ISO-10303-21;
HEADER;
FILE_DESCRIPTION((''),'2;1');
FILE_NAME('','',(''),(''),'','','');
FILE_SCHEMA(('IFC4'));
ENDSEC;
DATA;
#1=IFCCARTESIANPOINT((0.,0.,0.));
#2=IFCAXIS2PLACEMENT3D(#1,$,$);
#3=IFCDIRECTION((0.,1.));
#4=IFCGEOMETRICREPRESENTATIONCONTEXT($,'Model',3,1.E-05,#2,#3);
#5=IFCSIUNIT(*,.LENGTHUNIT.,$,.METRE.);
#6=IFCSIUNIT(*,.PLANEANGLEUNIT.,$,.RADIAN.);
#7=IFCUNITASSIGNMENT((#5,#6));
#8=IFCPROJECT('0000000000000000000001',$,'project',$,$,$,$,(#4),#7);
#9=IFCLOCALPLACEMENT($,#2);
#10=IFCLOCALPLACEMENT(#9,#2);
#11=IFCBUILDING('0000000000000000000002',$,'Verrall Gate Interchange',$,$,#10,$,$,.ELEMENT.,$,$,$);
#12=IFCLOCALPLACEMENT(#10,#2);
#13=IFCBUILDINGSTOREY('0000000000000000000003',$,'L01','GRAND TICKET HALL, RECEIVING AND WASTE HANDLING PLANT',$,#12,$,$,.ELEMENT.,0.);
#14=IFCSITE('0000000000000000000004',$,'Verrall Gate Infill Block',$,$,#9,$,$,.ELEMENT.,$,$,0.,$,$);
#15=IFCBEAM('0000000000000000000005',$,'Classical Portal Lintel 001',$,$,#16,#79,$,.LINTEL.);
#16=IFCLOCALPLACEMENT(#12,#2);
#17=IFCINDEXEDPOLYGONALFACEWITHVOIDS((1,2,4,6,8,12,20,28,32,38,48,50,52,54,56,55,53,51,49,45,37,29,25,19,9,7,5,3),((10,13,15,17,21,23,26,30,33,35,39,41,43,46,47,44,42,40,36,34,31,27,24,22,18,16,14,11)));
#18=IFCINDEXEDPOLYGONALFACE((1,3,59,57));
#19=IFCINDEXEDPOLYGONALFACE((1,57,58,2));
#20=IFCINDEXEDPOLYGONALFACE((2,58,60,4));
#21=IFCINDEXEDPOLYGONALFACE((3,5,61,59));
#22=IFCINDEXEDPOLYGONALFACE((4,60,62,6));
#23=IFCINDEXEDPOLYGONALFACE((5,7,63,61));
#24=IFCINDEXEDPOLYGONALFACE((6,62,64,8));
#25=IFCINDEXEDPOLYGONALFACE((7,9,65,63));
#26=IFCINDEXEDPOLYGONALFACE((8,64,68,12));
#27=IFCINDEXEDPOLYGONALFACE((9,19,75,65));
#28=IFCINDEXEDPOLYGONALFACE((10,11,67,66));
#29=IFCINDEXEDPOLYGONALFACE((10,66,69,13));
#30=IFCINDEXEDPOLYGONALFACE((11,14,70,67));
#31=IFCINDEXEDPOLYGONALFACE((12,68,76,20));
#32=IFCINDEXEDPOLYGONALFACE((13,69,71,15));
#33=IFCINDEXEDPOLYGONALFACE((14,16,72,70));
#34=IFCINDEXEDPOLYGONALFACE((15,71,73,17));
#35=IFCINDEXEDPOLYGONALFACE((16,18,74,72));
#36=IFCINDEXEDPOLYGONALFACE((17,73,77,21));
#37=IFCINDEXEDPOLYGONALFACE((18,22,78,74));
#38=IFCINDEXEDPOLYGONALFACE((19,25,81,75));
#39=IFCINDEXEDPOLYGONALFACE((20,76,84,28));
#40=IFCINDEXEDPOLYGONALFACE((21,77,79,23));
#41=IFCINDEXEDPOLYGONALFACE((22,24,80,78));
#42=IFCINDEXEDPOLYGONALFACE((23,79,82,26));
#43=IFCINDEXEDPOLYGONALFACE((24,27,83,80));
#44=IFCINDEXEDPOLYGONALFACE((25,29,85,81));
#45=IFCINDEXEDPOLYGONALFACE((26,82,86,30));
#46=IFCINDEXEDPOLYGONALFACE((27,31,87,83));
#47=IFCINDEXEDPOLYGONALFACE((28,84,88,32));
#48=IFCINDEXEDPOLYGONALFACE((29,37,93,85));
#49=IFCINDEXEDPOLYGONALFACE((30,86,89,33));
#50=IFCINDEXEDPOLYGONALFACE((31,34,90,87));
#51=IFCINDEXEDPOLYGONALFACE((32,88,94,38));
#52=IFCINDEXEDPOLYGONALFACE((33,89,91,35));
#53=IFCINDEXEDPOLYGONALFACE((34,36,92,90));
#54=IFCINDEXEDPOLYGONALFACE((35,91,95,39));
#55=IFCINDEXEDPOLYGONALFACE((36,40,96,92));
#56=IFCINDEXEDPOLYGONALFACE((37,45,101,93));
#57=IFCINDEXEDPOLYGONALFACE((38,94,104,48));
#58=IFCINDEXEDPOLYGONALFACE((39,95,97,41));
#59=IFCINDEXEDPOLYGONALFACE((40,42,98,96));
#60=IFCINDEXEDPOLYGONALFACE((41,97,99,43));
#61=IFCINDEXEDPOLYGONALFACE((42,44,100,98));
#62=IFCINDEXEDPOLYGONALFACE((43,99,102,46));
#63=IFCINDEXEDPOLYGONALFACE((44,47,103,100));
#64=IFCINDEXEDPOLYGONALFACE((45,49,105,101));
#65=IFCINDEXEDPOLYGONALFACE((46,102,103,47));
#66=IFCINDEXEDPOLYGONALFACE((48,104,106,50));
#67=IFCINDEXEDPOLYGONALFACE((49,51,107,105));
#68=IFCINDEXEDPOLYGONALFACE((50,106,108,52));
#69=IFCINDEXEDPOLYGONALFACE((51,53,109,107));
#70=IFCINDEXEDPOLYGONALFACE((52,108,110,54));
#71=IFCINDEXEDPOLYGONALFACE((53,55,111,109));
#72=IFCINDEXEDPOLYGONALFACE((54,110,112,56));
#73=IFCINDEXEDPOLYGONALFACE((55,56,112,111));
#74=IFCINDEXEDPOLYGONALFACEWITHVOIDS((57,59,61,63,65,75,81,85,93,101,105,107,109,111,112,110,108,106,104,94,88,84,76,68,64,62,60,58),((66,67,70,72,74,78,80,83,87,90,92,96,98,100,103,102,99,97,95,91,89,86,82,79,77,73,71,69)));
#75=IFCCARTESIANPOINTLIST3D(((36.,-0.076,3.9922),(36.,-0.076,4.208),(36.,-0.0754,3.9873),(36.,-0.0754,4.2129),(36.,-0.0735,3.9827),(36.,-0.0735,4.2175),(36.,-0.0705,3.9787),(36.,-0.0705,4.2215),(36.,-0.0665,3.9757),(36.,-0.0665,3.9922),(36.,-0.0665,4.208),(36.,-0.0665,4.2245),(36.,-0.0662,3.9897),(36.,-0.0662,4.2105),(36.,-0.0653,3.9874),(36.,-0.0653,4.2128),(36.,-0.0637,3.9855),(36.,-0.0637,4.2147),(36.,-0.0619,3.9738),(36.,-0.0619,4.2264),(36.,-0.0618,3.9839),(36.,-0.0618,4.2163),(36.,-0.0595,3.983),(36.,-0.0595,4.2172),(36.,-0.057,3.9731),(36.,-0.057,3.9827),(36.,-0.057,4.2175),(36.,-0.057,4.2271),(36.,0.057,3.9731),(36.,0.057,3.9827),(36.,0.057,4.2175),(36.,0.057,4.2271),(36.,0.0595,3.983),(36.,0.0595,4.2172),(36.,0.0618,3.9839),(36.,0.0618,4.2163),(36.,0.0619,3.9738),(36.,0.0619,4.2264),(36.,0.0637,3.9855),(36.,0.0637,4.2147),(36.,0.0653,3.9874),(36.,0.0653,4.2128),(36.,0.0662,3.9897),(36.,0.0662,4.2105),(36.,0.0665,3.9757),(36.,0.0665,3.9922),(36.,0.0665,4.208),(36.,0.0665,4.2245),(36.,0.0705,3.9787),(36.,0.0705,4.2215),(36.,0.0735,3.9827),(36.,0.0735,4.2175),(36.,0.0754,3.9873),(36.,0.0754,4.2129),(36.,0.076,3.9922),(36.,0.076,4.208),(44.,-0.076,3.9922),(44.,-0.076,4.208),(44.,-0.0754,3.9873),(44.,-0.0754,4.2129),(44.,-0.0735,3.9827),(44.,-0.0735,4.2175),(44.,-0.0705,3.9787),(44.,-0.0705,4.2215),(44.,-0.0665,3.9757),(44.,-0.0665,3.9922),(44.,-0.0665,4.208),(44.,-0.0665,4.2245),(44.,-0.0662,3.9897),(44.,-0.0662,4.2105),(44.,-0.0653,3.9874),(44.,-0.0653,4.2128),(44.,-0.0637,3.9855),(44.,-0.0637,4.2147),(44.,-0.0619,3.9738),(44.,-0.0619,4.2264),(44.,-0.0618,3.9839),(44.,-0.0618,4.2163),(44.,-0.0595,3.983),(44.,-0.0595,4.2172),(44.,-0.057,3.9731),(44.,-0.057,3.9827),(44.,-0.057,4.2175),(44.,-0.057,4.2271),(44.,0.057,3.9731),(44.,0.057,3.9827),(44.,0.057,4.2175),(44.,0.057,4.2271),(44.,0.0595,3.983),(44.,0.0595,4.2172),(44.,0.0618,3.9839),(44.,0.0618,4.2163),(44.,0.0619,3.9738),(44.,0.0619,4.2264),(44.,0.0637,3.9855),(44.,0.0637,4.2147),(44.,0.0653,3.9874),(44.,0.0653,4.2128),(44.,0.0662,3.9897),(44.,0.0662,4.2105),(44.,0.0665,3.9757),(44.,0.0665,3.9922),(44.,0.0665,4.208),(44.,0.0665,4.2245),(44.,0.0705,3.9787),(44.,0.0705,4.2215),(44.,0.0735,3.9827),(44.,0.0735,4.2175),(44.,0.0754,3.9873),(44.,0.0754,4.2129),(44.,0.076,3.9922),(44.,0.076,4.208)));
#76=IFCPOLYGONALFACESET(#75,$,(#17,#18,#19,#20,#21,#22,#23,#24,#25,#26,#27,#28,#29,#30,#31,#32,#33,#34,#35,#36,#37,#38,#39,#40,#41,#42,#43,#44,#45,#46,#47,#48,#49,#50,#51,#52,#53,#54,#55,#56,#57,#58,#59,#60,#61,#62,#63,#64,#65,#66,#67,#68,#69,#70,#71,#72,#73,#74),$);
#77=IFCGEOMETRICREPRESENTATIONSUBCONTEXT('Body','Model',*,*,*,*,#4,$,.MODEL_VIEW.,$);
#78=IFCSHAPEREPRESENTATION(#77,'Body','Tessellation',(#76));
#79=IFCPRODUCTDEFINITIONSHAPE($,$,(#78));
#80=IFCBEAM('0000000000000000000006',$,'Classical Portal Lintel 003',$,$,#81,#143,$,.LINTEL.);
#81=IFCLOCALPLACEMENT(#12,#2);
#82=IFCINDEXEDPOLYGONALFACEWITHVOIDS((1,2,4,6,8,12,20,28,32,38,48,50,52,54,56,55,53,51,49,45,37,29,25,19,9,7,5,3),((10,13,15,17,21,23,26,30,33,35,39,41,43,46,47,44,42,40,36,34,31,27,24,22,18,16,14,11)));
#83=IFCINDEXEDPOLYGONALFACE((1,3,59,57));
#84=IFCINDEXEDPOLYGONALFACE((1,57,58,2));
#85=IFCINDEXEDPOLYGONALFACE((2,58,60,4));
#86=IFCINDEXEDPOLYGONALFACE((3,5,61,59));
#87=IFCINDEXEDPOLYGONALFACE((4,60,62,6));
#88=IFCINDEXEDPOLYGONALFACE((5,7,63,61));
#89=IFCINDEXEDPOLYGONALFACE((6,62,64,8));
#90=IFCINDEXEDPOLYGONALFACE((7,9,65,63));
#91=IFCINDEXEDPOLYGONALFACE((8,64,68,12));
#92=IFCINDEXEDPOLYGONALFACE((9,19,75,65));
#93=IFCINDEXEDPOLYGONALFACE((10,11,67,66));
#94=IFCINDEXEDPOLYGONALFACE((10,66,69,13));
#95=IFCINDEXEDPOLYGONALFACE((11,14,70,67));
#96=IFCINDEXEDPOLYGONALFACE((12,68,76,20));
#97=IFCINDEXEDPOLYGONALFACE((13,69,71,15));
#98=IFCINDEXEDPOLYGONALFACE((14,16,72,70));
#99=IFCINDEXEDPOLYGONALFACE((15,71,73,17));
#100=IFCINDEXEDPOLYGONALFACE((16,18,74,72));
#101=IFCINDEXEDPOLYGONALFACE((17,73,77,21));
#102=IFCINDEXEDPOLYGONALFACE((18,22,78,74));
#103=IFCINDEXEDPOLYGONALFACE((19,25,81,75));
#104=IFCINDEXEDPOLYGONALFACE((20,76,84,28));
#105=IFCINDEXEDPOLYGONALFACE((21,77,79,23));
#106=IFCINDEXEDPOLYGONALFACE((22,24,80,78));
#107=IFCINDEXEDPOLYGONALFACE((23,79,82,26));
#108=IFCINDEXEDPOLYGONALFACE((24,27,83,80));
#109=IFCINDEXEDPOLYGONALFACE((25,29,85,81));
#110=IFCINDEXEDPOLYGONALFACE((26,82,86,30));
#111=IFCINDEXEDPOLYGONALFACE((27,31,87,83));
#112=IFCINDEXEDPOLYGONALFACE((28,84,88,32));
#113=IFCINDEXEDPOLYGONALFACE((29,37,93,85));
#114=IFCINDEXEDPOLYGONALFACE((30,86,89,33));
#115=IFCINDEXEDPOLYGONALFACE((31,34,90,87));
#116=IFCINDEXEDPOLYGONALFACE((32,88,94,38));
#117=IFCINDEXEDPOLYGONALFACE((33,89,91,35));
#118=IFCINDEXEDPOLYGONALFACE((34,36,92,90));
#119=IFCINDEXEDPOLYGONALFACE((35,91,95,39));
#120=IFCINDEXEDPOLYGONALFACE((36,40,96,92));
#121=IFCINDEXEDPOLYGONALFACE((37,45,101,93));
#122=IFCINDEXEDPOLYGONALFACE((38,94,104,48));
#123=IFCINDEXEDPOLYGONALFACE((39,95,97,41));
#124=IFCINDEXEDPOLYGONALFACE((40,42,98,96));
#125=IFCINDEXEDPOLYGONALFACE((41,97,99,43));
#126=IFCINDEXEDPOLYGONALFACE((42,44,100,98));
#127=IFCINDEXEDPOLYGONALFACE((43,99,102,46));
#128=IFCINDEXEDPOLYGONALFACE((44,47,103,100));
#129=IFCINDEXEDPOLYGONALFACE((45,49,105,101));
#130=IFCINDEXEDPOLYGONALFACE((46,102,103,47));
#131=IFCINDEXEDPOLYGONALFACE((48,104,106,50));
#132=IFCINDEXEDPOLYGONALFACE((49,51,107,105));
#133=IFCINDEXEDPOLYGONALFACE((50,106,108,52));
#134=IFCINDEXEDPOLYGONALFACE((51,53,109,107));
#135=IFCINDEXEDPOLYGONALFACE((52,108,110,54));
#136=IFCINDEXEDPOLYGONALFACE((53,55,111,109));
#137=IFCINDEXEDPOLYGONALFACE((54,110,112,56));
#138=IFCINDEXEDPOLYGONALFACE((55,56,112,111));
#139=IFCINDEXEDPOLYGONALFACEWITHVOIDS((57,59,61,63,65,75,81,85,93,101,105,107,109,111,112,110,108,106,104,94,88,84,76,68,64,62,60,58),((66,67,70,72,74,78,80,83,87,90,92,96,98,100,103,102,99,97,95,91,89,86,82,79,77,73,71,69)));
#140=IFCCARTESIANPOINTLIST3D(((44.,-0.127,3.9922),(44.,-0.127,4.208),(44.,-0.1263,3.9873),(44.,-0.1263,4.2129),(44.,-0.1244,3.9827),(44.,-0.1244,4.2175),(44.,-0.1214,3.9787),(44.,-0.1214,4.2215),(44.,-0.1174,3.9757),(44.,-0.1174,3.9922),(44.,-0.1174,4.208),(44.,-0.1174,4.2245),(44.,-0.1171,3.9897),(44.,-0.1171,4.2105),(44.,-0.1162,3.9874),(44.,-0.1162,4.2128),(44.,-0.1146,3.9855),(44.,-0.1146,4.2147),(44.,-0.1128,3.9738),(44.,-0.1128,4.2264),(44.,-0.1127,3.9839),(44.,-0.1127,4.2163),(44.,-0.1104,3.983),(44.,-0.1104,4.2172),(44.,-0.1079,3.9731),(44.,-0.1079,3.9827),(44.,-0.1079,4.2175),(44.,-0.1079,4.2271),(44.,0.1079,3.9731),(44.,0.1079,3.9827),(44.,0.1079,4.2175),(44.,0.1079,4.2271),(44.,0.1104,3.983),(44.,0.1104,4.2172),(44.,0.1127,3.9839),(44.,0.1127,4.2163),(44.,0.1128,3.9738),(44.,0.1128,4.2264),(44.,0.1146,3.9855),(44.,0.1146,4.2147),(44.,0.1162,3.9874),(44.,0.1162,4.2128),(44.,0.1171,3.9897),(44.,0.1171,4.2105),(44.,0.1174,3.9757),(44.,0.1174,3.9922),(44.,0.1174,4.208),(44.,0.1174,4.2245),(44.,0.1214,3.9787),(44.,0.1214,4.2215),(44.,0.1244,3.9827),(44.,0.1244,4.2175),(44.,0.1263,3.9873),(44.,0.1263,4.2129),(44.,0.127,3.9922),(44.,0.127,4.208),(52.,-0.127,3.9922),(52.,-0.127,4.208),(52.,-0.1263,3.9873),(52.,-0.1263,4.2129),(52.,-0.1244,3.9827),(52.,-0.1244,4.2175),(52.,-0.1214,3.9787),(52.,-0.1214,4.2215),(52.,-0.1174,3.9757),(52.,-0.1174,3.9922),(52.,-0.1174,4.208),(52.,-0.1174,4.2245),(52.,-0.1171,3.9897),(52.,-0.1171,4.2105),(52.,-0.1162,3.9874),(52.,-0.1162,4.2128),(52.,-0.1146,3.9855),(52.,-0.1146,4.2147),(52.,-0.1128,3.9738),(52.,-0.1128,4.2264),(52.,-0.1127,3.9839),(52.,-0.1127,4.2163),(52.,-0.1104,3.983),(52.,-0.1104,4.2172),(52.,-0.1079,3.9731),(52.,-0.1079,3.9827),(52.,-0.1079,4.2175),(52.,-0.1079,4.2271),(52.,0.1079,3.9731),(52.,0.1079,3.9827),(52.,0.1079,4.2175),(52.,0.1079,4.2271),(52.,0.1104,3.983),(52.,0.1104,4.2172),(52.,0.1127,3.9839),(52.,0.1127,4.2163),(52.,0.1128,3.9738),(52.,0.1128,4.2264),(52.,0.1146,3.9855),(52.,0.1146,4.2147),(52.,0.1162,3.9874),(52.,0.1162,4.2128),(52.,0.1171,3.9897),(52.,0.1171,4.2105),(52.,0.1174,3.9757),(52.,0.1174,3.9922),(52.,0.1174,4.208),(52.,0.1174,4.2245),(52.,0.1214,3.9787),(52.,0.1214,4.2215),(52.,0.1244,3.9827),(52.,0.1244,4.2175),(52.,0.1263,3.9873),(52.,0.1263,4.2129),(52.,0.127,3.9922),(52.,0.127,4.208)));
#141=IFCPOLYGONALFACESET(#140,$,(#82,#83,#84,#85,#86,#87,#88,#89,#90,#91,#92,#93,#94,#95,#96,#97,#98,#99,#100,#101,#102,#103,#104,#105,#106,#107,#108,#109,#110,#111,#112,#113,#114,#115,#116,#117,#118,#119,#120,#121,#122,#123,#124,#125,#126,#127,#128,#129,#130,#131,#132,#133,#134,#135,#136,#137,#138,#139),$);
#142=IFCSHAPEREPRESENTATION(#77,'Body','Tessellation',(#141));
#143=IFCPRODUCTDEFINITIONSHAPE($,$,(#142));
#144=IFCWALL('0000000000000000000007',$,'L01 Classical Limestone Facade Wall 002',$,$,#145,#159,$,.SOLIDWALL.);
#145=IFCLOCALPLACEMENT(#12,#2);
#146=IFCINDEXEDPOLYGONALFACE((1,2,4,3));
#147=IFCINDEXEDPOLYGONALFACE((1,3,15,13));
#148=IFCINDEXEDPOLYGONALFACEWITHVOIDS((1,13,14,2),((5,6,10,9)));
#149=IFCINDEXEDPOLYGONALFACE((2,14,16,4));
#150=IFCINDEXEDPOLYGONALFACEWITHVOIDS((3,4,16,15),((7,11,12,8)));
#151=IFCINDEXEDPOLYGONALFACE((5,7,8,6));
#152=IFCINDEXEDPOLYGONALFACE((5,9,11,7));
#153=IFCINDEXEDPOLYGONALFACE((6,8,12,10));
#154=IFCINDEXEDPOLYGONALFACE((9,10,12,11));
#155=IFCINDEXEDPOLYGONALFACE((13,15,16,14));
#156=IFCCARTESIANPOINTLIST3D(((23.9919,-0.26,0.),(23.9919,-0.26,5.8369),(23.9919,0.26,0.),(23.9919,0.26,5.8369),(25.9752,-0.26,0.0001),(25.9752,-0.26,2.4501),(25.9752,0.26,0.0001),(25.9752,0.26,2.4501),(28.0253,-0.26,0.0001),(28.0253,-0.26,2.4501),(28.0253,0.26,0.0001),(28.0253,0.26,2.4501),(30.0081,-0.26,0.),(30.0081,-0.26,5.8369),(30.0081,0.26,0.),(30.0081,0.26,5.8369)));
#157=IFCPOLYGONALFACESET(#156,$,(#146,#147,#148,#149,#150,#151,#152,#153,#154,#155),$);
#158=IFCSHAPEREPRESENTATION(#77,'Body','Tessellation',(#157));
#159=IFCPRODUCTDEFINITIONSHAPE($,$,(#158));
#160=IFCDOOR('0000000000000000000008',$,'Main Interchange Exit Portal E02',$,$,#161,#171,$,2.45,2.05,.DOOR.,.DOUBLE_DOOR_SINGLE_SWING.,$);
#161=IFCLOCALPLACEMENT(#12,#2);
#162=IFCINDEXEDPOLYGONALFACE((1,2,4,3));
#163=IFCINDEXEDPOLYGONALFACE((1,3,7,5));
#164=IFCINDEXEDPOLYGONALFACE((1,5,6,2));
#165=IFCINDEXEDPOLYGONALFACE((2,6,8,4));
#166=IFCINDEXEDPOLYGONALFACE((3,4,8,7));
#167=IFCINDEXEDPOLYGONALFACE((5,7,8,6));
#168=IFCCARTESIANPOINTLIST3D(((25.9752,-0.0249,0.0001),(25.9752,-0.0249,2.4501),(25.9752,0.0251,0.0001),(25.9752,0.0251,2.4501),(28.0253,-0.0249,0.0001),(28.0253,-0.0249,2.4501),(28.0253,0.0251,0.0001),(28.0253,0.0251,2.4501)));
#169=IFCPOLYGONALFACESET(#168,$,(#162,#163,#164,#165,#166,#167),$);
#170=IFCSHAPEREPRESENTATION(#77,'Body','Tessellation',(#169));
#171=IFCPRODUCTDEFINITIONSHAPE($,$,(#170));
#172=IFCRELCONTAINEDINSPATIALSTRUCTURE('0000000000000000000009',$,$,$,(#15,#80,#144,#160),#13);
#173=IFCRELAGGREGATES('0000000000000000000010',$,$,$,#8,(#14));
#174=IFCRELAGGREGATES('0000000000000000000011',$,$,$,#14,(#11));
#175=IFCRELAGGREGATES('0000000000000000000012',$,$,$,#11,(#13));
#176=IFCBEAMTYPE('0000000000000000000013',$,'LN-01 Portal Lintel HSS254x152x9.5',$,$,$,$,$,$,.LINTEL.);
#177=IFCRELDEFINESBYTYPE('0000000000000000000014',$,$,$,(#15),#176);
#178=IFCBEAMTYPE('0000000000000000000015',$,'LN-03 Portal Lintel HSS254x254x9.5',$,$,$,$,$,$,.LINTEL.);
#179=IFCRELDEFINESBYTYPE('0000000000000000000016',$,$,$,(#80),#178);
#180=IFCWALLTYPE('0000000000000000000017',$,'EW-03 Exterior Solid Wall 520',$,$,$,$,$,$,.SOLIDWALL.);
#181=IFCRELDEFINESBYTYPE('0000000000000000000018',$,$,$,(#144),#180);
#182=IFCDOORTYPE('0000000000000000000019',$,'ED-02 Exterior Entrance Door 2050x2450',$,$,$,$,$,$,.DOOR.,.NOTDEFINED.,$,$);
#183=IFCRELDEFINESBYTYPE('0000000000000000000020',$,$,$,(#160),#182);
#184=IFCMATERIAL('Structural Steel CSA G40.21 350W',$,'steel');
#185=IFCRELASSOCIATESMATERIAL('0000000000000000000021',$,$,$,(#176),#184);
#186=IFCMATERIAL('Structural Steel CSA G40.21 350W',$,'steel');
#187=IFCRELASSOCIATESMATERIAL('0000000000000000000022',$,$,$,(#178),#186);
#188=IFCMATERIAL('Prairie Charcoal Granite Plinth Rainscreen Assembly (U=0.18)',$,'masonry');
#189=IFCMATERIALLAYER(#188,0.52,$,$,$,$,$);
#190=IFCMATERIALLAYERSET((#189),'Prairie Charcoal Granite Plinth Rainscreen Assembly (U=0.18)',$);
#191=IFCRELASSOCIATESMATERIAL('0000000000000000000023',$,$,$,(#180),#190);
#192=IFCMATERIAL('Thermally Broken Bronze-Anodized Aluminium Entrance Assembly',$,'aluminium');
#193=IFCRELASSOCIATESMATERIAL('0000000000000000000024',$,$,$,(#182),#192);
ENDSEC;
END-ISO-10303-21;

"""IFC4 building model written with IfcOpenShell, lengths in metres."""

from ifc_helpers import new_model, si_unit, direction, frame, frame_2d, origin, origin_2d, place, context, subcontext, project, spatial, rectangle, hollow_rectangle, extrude, material, layer, layer_set, material_profile, profile_set, type_object, element, fill, save


model = new_model("IFC4")

# Units and contexts
model_context = context("Model", 3, precision=1e-05, world=origin(), true_north=direction((0.0, 1.0)))
body_context = subcontext(model_context, "Body", "Model", "MODEL_VIEW")
ifc_project = project(units=[si_unit("LENGTHUNIT", "METRE"), si_unit("PLANEANGLEUNIT", "RADIAN")], contexts=[model_context])

# Site, building, storey
site_placement = place(None, origin())
site = spatial("IfcSite", under=ifc_project, at=site_placement, Name="Verrall Gate Infill Block", CompositionType="ELEMENT", RefElevation=0.0)
building_placement = place(site_placement, origin())
building = spatial("IfcBuilding", under=site, at=building_placement, Name="Verrall Gate Interchange", CompositionType="ELEMENT")
storey_placement = place(building_placement, origin())
storey = spatial("IfcBuildingStorey", under=building, at=storey_placement, Name="L01", Description="GRAND TICKET HALL, RECEIVING AND WASTE HANDLING PLANT", CompositionType="ELEMENT", Elevation=0.0)

# Beams
ifc_material_1 = material(Name="Structural Steel CSA G40.21 350W", Category="steel")
ifc_material_profile_1 = material_profile(ifc_material_1, hollow_rectangle(XDim=0.1521, YDim=0.2539, WallThickness=0.0095, InnerFilletRadius=0.0095, OuterFilletRadius=0.019, at=origin_2d()), Name="HSS254x152x9.5")
ifc_profile_set_1 = profile_set([ifc_material_profile_1], Name="Structural Steel CSA G40.21 350W")
beam_type_1 = type_object("IfcBeamType", Name="LN-01 Portal Lintel HSS254x152x9.5", PredefinedType="LINTEL", material=ifc_profile_set_1)
beam_1_placement = place(storey_placement, frame((36.0, 0.0, 4.1001), z_axis=(1.0, 0.0, 0.0), x_axis=(0.0, 1.0, 0.0)))
element("IfcBeam", 1, at=beam_1_placement, inside=storey, type_object=beam_type_1, Name="Classical Portal Lintel 001", PredefinedType="LINTEL", context=body_context, shape_type="SweptSolid", body=[
    extrude(hollow_rectangle(XDim=0.1521, YDim=0.2539, WallThickness=0.0095, InnerFilletRadius=0.0095, OuterFilletRadius=0.019, at=origin_2d()), origin(), (0.0, 0.0, 1.0), 8.0),
])
ifc_material_2 = material(Name="Structural Steel CSA G40.21 350W", Category="steel")
ifc_material_profile_2 = material_profile(ifc_material_2, hollow_rectangle(XDim=0.2539, YDim=0.2539, WallThickness=0.0095, InnerFilletRadius=0.0095, OuterFilletRadius=0.019, at=origin_2d()), Name="HSS254x254x9.5")
ifc_profile_set_2 = profile_set([ifc_material_profile_2], Name="Structural Steel CSA G40.21 350W")
beam_type_2 = type_object("IfcBeamType", Name="LN-03 Portal Lintel HSS254x254x9.5", PredefinedType="LINTEL", material=ifc_profile_set_2)
beam_2_placement = place(storey_placement, frame((44.0, 0.0, 4.1001), z_axis=(1.0, 0.0, 0.0), x_axis=(0.0, 1.0, 0.0)))
element("IfcBeam", 2, at=beam_2_placement, inside=storey, type_object=beam_type_2, Name="Classical Portal Lintel 003", PredefinedType="LINTEL", context=body_context, shape_type="SweptSolid", body=[
    extrude(hollow_rectangle(XDim=0.2539, YDim=0.2539, WallThickness=0.0095, InnerFilletRadius=0.0095, OuterFilletRadius=0.019, at=origin_2d()), origin(), (0.0, 0.0, 1.0), 8.0),
])

# Wall, opening, door
ifc_material_3 = material(Name="Prairie Charcoal Granite Plinth Rainscreen Assembly (U=0.18)", Category="masonry")
ifc_layer_1 = layer(ifc_material_3, 0.52)
ifc_layer_set_1 = layer_set([ifc_layer_1], Name="Prairie Charcoal Granite Plinth Rainscreen Assembly (U=0.18)")
wall_type_1 = type_object("IfcWallType", Name="EW-03 Exterior Solid Wall 520", PredefinedType="SOLIDWALL", material=ifc_layer_set_1)
wall_1_placement = place(storey_placement, frame((30.0081, 0.0, 0.0), z_axis=(0.0, 0.0, 1.0), x_axis=(-1.0, 0.0, 0.0)))
wall_1 = element("IfcWall", 3, at=wall_1_placement, inside=storey, type_object=wall_type_1, Name="L01 Classical Limestone Facade Wall 002", PredefinedType="SOLIDWALL", context=body_context, shape_type="SweptSolid", body=[
    extrude(rectangle(XDim=6.0161, YDim=0.52, at=frame_2d((3.0081, 0.0))), origin(), (0.0, 0.0, 1.0), 5.8369),
])
opening_1_placement = place(wall_1_placement, frame((1.9829, 0.0, 0.0)))
opening_1 = element("IfcOpeningElement", 4, at=opening_1_placement, cuts=wall_1, PredefinedType="OPENING", context=body_context, shape_type="SweptSolid", body=[
    extrude(rectangle(XDim=2.05, YDim=2.45, at=frame_2d((1.0249, 1.2251))), frame((0.0, 0.2749, 0.0), z_axis=(0.0, -1.0, 0.0), x_axis=(1.0, 0.0, 0.0)), (0.0, 0.0, 1.0), 0.5498),
])
ifc_material_4 = material(Name="Thermally Broken Bronze-Anodized Aluminium Entrance Assembly", Category="aluminium")
door_type_1 = type_object("IfcDoorType", Name="ED-02 Exterior Entrance Door 2050x2450", OperationType="NOTDEFINED", PredefinedType="DOOR", material=ifc_material_4)
door_1_placement = place(opening_1_placement, origin())
door_1 = element("IfcDoor", 5, at=door_1_placement, inside=storey, type_object=door_type_1, Name="Main Interchange Exit Portal E02", OperationType="DOUBLE_DOOR_SINGLE_SWING", OverallHeight=2.45, OverallWidth=2.05, PredefinedType="DOOR", context=body_context, shape_type="SweptSolid", body=[
    extrude(rectangle(XDim=2.05, YDim=2.45, at=frame_2d((1.0249, 1.2251))), frame((0.0, 0.0249, 0.0), z_axis=(0.0, -1.0, 0.0), x_axis=(1.0, 0.0, 0.0)), (0.0, 0.0, 1.0), 0.05),
])
fill(opening_1, door_1)

save(model, "model.ifc")
